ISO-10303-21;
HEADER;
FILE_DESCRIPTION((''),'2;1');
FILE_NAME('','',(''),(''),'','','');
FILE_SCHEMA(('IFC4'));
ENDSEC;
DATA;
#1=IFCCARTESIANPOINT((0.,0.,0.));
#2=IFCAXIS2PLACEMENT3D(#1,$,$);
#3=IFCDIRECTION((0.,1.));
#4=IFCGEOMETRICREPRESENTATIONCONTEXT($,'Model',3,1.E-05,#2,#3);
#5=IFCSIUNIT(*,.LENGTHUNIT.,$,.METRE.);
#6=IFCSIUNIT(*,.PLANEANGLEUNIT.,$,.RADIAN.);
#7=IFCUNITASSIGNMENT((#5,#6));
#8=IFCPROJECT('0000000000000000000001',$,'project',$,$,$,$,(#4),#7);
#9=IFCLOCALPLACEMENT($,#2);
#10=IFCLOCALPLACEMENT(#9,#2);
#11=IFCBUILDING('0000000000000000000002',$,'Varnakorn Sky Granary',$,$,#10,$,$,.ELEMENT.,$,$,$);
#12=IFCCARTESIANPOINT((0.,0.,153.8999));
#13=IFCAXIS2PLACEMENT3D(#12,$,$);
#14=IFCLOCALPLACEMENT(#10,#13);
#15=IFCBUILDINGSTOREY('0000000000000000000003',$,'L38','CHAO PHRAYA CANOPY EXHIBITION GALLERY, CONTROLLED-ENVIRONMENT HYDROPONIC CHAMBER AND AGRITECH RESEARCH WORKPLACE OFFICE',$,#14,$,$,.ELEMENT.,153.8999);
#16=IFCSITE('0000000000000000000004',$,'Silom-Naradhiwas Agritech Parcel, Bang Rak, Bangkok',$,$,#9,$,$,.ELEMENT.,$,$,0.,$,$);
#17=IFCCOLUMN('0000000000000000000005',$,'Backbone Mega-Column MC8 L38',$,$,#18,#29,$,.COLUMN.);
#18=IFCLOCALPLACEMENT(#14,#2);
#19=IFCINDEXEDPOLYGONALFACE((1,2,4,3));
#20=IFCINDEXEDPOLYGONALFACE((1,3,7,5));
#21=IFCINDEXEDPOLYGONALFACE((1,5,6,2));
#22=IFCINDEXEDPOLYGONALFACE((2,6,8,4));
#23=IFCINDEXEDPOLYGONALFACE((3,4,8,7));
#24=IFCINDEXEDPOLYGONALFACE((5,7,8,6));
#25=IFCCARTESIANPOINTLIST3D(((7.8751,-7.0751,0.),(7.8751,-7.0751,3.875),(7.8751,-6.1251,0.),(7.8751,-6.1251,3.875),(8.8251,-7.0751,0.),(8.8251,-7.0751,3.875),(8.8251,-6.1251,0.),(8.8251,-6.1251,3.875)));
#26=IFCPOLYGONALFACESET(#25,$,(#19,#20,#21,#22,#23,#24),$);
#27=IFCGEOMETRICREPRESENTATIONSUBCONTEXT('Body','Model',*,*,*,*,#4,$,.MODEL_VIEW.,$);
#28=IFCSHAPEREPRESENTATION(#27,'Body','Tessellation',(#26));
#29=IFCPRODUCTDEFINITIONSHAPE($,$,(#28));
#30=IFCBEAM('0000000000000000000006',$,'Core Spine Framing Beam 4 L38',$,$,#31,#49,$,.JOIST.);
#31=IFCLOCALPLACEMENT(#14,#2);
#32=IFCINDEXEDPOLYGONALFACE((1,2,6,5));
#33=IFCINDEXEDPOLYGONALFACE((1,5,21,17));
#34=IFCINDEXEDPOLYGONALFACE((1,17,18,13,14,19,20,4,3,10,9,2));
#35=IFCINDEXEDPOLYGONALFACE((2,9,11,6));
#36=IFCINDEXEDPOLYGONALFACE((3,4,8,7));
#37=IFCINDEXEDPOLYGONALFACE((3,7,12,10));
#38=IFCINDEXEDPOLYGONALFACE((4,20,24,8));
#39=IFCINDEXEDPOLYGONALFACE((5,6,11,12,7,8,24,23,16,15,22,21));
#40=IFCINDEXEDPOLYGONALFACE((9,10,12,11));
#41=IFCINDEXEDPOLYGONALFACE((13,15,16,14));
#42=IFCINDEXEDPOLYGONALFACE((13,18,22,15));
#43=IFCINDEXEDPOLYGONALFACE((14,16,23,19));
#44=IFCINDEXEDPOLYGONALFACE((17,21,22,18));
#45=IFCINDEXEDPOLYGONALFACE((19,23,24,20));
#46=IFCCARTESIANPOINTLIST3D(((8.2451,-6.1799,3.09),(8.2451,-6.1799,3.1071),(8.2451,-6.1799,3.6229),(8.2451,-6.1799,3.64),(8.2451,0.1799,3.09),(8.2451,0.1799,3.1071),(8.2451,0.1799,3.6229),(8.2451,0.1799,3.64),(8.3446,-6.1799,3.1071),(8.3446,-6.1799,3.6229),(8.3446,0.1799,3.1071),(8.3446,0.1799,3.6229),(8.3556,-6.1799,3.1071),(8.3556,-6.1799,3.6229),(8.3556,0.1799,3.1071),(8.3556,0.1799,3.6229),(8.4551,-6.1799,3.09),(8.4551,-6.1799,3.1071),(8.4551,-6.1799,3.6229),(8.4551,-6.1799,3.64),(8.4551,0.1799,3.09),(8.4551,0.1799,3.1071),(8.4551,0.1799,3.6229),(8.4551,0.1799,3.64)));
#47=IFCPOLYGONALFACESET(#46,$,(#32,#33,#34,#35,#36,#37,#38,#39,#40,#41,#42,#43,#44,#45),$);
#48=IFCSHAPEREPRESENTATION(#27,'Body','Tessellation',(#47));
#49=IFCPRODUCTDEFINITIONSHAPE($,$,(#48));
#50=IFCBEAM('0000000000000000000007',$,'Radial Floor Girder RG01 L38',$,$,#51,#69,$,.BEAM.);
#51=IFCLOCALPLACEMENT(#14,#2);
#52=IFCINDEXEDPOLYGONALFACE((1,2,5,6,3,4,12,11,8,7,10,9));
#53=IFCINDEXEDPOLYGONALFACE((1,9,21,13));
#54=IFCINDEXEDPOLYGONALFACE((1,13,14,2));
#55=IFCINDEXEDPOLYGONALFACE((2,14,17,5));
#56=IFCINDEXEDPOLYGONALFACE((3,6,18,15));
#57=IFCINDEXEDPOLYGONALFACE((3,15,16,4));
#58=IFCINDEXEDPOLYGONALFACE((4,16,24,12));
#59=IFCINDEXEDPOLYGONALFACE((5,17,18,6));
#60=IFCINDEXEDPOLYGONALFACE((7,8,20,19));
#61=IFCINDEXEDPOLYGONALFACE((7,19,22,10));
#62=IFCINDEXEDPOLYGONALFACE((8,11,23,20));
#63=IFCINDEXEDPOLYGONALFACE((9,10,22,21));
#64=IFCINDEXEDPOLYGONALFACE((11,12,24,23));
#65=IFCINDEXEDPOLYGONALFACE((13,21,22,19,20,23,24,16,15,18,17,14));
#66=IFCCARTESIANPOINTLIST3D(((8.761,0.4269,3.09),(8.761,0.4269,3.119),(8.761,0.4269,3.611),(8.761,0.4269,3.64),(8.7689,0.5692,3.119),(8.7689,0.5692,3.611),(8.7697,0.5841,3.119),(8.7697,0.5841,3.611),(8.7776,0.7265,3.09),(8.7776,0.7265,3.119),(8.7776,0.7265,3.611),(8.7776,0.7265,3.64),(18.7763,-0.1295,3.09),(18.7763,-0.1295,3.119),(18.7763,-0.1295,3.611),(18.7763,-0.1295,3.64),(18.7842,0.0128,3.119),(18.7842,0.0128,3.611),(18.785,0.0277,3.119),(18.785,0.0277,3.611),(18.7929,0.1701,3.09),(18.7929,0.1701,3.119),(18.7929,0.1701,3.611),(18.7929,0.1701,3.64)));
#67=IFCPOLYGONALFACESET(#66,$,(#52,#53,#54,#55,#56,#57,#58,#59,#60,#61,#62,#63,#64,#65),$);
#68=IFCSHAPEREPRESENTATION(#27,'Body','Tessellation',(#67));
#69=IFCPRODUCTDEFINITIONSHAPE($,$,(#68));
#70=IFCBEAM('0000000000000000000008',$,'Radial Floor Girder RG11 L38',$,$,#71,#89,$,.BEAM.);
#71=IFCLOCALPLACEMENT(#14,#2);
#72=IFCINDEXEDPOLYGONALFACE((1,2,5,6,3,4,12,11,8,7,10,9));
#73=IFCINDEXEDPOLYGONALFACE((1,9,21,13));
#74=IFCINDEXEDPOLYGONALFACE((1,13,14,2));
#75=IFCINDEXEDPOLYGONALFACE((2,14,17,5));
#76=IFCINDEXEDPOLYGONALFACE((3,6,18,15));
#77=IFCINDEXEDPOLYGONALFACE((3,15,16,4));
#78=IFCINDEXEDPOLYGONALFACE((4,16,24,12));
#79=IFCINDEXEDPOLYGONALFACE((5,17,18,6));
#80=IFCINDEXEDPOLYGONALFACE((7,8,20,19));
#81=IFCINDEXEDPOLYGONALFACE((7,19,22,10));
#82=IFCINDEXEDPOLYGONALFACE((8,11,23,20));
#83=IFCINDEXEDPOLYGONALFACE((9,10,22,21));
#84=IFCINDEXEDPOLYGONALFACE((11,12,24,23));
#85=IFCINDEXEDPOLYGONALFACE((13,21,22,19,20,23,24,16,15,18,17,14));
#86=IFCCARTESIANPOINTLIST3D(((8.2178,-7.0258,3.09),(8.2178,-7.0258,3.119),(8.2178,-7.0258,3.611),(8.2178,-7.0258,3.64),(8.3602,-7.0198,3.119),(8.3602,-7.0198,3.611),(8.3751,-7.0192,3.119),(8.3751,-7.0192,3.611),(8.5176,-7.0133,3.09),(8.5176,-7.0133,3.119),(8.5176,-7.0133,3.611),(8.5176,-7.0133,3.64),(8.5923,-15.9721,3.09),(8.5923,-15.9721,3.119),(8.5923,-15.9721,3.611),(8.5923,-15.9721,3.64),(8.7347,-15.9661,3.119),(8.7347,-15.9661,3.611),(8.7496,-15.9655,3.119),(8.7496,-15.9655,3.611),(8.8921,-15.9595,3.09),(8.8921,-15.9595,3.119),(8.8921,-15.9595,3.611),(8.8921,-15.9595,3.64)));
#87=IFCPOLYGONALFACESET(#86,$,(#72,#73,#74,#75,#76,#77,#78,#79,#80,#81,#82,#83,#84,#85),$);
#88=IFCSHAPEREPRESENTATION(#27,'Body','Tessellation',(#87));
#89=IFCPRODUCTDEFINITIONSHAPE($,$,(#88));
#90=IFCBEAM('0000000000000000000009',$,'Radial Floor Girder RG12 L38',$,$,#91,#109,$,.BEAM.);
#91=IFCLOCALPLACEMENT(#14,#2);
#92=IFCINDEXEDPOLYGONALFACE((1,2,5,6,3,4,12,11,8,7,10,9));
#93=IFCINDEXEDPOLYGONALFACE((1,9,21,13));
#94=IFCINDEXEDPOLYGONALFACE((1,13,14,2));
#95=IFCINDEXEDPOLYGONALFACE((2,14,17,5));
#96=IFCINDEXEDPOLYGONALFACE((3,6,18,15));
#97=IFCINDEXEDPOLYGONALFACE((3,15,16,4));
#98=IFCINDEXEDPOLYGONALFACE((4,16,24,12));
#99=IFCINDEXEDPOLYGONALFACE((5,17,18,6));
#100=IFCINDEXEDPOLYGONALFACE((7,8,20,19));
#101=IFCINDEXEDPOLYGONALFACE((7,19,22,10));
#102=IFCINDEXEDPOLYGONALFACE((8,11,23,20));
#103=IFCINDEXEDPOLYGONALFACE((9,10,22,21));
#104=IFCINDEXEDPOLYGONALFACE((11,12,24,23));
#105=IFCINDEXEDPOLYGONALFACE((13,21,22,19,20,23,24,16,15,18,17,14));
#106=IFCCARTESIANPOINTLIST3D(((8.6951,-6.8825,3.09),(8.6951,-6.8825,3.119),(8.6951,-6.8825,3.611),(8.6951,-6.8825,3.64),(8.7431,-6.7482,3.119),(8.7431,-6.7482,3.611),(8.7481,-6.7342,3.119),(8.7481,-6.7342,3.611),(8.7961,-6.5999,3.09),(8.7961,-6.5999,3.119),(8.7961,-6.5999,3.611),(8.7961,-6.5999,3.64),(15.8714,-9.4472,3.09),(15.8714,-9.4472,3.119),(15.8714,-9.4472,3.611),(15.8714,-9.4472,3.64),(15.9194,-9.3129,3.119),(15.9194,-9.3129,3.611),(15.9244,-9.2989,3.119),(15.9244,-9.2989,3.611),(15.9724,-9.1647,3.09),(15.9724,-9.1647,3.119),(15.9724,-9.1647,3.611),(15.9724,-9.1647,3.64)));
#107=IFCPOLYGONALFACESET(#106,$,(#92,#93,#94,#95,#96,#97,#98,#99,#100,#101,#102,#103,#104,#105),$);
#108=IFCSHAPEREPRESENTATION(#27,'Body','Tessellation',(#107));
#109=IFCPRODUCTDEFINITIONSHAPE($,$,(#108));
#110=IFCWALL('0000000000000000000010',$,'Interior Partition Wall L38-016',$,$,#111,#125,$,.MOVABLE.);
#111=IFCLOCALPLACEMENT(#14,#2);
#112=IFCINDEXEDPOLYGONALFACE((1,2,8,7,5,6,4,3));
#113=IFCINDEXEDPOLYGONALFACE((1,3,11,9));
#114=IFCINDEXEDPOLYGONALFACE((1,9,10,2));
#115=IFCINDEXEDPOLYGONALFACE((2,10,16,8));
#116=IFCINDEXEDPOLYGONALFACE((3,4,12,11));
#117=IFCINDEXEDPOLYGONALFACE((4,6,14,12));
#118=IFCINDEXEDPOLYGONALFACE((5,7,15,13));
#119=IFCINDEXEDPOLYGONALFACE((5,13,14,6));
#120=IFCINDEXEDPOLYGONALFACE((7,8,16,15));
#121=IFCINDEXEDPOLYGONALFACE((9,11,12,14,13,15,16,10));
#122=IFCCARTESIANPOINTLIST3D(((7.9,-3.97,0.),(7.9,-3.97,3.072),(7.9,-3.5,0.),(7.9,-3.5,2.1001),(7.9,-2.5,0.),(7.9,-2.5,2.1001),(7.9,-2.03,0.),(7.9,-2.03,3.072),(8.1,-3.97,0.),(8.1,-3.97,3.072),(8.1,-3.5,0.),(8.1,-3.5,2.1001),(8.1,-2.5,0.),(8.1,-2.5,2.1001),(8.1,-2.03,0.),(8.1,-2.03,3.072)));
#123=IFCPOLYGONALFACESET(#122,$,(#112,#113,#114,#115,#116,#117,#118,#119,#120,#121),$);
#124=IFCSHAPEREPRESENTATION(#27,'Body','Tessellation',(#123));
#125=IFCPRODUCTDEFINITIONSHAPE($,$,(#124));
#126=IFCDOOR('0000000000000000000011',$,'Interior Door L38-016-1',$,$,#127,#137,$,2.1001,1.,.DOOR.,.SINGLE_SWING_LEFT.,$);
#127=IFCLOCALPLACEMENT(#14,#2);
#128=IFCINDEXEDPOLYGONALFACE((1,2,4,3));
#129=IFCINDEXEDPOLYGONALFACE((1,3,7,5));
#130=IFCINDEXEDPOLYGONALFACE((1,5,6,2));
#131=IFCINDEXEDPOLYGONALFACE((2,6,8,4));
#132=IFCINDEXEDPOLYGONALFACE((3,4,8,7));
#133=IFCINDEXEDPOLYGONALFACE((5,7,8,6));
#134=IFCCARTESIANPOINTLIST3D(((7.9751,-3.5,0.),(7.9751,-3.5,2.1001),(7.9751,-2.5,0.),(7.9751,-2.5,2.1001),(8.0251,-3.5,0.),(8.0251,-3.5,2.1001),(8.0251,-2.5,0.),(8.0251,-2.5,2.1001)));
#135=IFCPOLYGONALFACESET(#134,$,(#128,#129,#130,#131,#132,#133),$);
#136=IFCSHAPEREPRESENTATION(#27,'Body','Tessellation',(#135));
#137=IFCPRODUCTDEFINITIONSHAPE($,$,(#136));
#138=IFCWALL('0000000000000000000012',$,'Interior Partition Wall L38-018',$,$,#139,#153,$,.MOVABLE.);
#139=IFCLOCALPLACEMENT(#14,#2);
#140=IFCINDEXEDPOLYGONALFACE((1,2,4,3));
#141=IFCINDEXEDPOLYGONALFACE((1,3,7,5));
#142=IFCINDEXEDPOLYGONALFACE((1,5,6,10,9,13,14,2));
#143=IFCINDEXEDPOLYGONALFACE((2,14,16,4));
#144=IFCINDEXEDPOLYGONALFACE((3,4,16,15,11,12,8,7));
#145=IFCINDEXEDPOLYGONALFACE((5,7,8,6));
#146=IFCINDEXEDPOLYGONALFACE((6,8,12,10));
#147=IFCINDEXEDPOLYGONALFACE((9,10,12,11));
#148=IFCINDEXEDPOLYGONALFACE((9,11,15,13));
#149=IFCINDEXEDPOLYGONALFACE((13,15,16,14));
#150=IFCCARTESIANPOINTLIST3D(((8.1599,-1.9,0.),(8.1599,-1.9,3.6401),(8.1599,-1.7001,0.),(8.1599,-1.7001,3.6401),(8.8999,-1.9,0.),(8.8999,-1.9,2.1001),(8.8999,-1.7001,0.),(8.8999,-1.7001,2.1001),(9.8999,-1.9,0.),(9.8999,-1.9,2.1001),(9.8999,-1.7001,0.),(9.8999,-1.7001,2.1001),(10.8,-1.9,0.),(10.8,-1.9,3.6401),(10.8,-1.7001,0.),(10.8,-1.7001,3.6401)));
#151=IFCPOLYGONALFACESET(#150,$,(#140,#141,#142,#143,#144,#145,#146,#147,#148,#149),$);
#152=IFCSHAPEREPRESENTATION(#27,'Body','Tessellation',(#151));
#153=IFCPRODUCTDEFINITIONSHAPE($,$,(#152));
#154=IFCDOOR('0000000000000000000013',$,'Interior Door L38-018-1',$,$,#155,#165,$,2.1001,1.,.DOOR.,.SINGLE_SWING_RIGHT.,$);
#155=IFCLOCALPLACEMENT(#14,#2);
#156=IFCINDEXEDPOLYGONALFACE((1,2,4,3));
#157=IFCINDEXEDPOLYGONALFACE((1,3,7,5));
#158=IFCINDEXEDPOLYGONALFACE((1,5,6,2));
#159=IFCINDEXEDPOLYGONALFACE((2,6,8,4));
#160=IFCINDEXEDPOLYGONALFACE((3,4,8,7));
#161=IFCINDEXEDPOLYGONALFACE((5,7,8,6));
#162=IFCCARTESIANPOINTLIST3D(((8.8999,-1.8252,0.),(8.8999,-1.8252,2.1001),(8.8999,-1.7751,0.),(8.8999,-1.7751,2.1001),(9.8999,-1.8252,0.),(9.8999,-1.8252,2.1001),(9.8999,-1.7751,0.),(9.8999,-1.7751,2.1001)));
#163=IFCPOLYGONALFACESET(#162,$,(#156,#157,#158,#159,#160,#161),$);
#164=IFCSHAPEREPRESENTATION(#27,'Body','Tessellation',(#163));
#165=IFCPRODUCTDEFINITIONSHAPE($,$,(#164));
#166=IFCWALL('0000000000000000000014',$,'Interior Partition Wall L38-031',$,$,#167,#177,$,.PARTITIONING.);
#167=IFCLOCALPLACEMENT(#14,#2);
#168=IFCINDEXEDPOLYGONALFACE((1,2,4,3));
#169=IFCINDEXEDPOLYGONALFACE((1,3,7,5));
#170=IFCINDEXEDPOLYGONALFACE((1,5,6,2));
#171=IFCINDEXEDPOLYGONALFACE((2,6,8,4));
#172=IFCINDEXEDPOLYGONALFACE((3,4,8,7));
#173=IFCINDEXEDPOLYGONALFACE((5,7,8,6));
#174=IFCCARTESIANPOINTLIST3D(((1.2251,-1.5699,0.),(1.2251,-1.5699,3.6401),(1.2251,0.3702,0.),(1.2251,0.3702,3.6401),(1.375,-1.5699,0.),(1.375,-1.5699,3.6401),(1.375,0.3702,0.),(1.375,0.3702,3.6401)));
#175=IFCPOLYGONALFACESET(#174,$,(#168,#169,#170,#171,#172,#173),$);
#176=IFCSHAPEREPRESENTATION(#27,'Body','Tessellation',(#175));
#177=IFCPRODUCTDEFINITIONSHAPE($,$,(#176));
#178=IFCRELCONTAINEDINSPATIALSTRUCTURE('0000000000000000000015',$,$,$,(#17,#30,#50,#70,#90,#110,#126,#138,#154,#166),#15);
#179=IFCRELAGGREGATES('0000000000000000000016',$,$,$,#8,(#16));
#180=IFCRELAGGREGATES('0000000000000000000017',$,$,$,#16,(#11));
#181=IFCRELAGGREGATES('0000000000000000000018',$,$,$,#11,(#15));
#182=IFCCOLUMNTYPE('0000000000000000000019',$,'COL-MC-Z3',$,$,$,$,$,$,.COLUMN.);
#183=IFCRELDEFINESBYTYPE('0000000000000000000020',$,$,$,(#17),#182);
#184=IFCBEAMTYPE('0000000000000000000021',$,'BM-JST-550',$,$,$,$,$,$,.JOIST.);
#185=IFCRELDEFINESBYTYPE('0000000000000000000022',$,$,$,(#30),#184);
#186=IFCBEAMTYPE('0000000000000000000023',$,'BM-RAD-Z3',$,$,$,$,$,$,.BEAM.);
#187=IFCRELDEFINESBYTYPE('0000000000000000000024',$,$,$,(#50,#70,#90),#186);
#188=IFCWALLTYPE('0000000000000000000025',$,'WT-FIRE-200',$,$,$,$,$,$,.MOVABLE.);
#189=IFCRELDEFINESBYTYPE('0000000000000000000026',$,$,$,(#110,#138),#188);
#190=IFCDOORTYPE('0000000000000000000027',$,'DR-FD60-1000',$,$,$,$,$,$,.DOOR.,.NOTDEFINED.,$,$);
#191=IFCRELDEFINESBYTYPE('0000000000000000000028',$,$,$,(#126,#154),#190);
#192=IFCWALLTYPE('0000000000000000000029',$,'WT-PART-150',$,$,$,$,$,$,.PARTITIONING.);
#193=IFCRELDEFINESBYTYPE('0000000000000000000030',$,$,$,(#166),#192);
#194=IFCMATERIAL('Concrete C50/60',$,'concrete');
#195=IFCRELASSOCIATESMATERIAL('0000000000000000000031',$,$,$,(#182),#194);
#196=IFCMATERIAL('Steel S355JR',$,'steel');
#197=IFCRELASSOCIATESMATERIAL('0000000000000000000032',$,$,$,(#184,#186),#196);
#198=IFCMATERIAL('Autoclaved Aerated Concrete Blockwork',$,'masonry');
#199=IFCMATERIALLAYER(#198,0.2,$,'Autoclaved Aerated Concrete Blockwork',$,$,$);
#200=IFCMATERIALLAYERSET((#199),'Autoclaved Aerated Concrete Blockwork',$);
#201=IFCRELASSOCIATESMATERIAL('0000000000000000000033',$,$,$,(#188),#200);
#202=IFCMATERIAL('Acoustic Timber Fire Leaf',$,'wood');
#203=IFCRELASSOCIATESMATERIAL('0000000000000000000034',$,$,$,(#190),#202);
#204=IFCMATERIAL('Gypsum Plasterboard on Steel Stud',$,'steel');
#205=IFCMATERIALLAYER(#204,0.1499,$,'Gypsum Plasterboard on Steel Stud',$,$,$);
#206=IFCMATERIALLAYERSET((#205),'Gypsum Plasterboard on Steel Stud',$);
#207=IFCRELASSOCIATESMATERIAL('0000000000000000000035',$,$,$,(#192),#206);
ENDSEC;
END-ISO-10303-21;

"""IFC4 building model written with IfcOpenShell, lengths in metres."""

from ifc_helpers import new_model, si_unit, direction, frame, frame_2d, origin, origin_2d, place, context, subcontext, project, spatial, rectangle, i_section, extrude, material, layer, layer_set, material_profile, profile_set, type_object, element, fill, save


model = new_model("IFC4")

# Units and contexts
model_context = context("Model", 3, precision=1e-05, world=origin(), true_north=direction((0.0, 1.0)))
body_context = subcontext(model_context, "Body", "Model", "MODEL_VIEW")
ifc_project = project(units=[si_unit("LENGTHUNIT", "METRE"), si_unit("PLANEANGLEUNIT", "RADIAN")], contexts=[model_context])

# Site, building, storey
site_placement = place(None, origin())
site = spatial("IfcSite", under=ifc_project, at=site_placement, Name="Silom-Naradhiwas Agritech Parcel, Bang Rak, Bangkok", CompositionType="ELEMENT", RefElevation=0.0)
building_placement = place(site_placement, origin())
building = spatial("IfcBuilding", under=site, at=building_placement, Name="Varnakorn Sky Granary", CompositionType="ELEMENT")
storey_placement = place(building_placement, frame((0.0, 0.0, 153.8999)))
storey = spatial("IfcBuildingStorey", under=building, at=storey_placement, Name="L38", Description="CHAO PHRAYA CANOPY EXHIBITION GALLERY, CONTROLLED-ENVIRONMENT HYDROPONIC CHAMBER AND AGRITECH RESEARCH WORKPLACE OFFICE", CompositionType="ELEMENT", Elevation=153.8999)

# Column
ifc_material_1 = material(Name="Concrete C50/60", Category="concrete")
ifc_material_profile_1 = material_profile(ifc_material_1, rectangle(XDim=0.95, YDim=0.95, at=origin_2d()), Name="RC 950x950")
ifc_profile_set_1 = profile_set([ifc_material_profile_1], Name="Concrete C50/60")
column_type = type_object("IfcColumnType", Name="COL-MC-Z3", PredefinedType="COLUMN", material=ifc_profile_set_1)
column_placement = place(storey_placement, frame((8.3501, -6.6001, 0.0), z_axis=(0.0, 0.0, 1.0), x_axis=(1.0, 0.0, 0.0)))
element("IfcColumn", 1, at=column_placement, inside=storey, type_object=column_type, Name="Backbone Mega-Column MC8 L38", PredefinedType="COLUMN", context=body_context, shape_type="SweptSolid", body=[
    extrude(rectangle(XDim=0.95, YDim=0.95, at=origin_2d()), origin(), (0.0, 0.0, 1.0), 3.875),
])

# Beams
ifc_material_2 = material(Name="Steel S355JR", Category="steel")
ifc_material_profile_2 = material_profile(ifc_material_2, i_section(OverallWidth=0.21, OverallDepth=0.55, WebThickness=0.011, FlangeThickness=0.0171, at=origin_2d()), Name="IPE 550")
ifc_profile_set_2 = profile_set([ifc_material_profile_2], Name="Steel S355JR")
beam_type_1 = type_object("IfcBeamType", Name="BM-JST-550", PredefinedType="JOIST", material=ifc_profile_set_2)
beam_1_placement = place(storey_placement, frame((8.3501, 0.1799, 3.365), z_axis=(0.0, -1.0, 0.0), x_axis=(1.0, 0.0, 0.0)))
element("IfcBeam", 2, at=beam_1_placement, inside=storey, type_object=beam_type_1, Name="Core Spine Framing Beam 4 L38", PredefinedType="JOIST", context=body_context, shape_type="SweptSolid", body=[
    extrude(i_section(OverallWidth=0.21, OverallDepth=0.55, WebThickness=0.011, FlangeThickness=0.0171, at=origin_2d()), origin(), (0.0, 0.0, 1.0), 6.3599),
])
ifc_material_profile_3 = material_profile(ifc_material_2, i_section(OverallWidth=0.3, OverallDepth=0.55, WebThickness=0.0149, FlangeThickness=0.0291, at=origin_2d()), Name="HE 550 B")
ifc_profile_set_3 = profile_set([ifc_material_profile_3], Name="Steel S355JR")
beam_type_2 = type_object("IfcBeamType", Name="BM-RAD-Z3", PredefinedType="BEAM", material=ifc_profile_set_3)
beam_2_placement = place(storey_placement, frame((8.7693, 0.5767, 3.365), z_axis=(0.99846, -0.055469, 0.0), x_axis=(0.055469, 0.99846, 0.0)))
element("IfcBeam", 3, at=beam_2_placement, inside=storey, type_object=beam_type_2, Name="Radial Floor Girder RG01 L38", PredefinedType="BEAM", context=body_context, shape_type="SweptSolid", body=[
    extrude(i_section(OverallWidth=0.3, OverallDepth=0.55, WebThickness=0.0149, FlangeThickness=0.0291, at=origin_2d()), origin(), (0.0, 0.0, 1.0), 10.0308),
])
beam_3_placement = place(storey_placement, frame((8.3677, -7.0195, 3.365), z_axis=(0.041826, -0.999125, 0.0), x_axis=(0.999125, 0.041826, 0.0)))
element("IfcBeam", 4, at=beam_3_placement, inside=storey, type_object=beam_type_2, Name="Radial Floor Girder RG11 L38", PredefinedType="BEAM", context=body_context, shape_type="SweptSolid", body=[
    extrude(i_section(OverallWidth=0.3, OverallDepth=0.55, WebThickness=0.0149, FlangeThickness=0.0291, at=origin_2d()), origin(), (0.0, 0.0, 1.0), 8.9541),
])
beam_4_placement = place(storey_placement, frame((8.7456, -6.7412, 3.365), z_axis=(0.941669, -0.336539, 0.0), x_axis=(0.336539, 0.941669, 0.0)))
element("IfcBeam", 5, at=beam_4_placement, inside=storey, type_object=beam_type_2, Name="Radial Floor Girder RG12 L38", PredefinedType="BEAM", context=body_context, shape_type="SweptSolid", body=[
    extrude(i_section(OverallWidth=0.3, OverallDepth=0.55, WebThickness=0.0149, FlangeThickness=0.0291, at=origin_2d()), origin(), (0.0, 0.0, 1.0), 7.6208),
])

# Walls, openings, doors
ifc_material_3 = material(Name="Autoclaved Aerated Concrete Blockwork", Category="masonry")
ifc_layer_1 = layer(ifc_material_3, 0.2, Name="Autoclaved Aerated Concrete Blockwork")
ifc_layer_set_1 = layer_set([ifc_layer_1], Name="Autoclaved Aerated Concrete Blockwork")
wall_type_1 = type_object("IfcWallType", Name="WT-FIRE-200", PredefinedType="MOVABLE", material=ifc_layer_set_1)
wall_1_placement = place(storey_placement, frame((8.0, -3.97, 0.0), z_axis=(0.0, 0.0, 1.0), x_axis=(0.0, 1.0, 0.0)))
wall_1 = element("IfcWall", 6, at=wall_1_placement, inside=storey, type_object=wall_type_1, Name="Interior Partition Wall L38-016", PredefinedType="MOVABLE", context=body_context, shape_type="SweptSolid", body=[
    extrude(rectangle(XDim=1.9399, YDim=0.2, at=frame_2d((0.97, 0.0))), origin(), (0.0, 0.0, 1.0), 3.072),
])
opening_1_placement = place(wall_1_placement, frame((0.47, 0.0, 0.0)))
opening_1 = element("IfcOpeningElement", 7, at=opening_1_placement, cuts=wall_1, PredefinedType="OPENING", context=body_context, shape_type="SweptSolid", body=[
    extrude(rectangle(XDim=1.0, YDim=2.1001, at=frame_2d((0.5, 1.05))), frame((0.0, 0.1099, 0.0), z_axis=(0.0, -1.0, 0.0), x_axis=(1.0, 0.0, 0.0)), (0.0, 0.0, 1.0), 0.22),
])
ifc_material_4 = material(Name="Acoustic Timber Fire Leaf", Category="wood")
door_type_1 = type_object("IfcDoorType", Name="DR-FD60-1000", OperationType="NOTDEFINED", PredefinedType="DOOR", material=ifc_material_4)
door_1_placement = place(opening_1_placement, origin())
door_1 = element("IfcDoor", 8, at=door_1_placement, inside=storey, type_object=door_type_1, Name="Interior Door L38-016-1", OperationType="SINGLE_SWING_LEFT", OverallHeight=2.1001, OverallWidth=1.0, PredefinedType="DOOR", context=body_context, shape_type="SweptSolid", body=[
    extrude(rectangle(XDim=1.0, YDim=2.1001, at=frame_2d((0.5, 1.05))), frame((0.0, 0.0249, 0.0), z_axis=(0.0, -1.0, 0.0), x_axis=(1.0, 0.0, 0.0)), (0.0, 0.0, 1.0), 0.05),
])
fill(opening_1, door_1)
wall_2_placement = place(storey_placement, frame((8.1599, -1.8, 0.0), z_axis=(0.0, 0.0, 1.0), x_axis=(1.0, 0.0, 0.0)))
wall_2 = element("IfcWall", 9, at=wall_2_placement, inside=storey, type_object=wall_type_1, Name="Interior Partition Wall L38-018", PredefinedType="MOVABLE", context=body_context, shape_type="SweptSolid", body=[
    extrude(rectangle(XDim=2.6401, YDim=0.2, at=frame_2d((1.3201, 0.0))), origin(), (0.0, 0.0, 1.0), 3.6401),
])
opening_2_placement = place(wall_2_placement, frame((0.74, 0.0, 0.0)))
opening_2 = element("IfcOpeningElement", 10, at=opening_2_placement, cuts=wall_2, PredefinedType="OPENING", context=body_context, shape_type="SweptSolid", body=[
    extrude(rectangle(XDim=1.0, YDim=2.1001, at=frame_2d((0.5, 1.05))), frame((0.0, 0.1099, 0.0), z_axis=(0.0, -1.0, 0.0), x_axis=(1.0, 0.0, 0.0)), (0.0, 0.0, 1.0), 0.22),
])
door_2_placement = place(opening_2_placement, origin())
door_2 = element("IfcDoor", 11, at=door_2_placement, inside=storey, type_object=door_type_1, Name="Interior Door L38-018-1", OperationType="SINGLE_SWING_RIGHT", OverallHeight=2.1001, OverallWidth=1.0, PredefinedType="DOOR", context=body_context, shape_type="SweptSolid", body=[
    extrude(rectangle(XDim=1.0, YDim=2.1001, at=frame_2d((0.5, 1.05))), frame((0.0, 0.0249, 0.0), z_axis=(0.0, -1.0, 0.0), x_axis=(1.0, 0.0, 0.0)), (0.0, 0.0, 1.0), 0.05),
])
fill(opening_2, door_2)

# Wall
ifc_material_5 = material(Name="Gypsum Plasterboard on Steel Stud", Category="steel")
ifc_layer_2 = layer(ifc_material_5, 0.1499, Name="Gypsum Plasterboard on Steel Stud")
ifc_layer_set_2 = layer_set([ifc_layer_2], Name="Gypsum Plasterboard on Steel Stud")
wall_type_2 = type_object("IfcWallType", Name="WT-PART-150", PredefinedType="PARTITIONING", material=ifc_layer_set_2)
wall_3_placement = place(storey_placement, frame((1.3, -1.5701, 0.0), z_axis=(0.0, 0.0, 1.0), x_axis=(0.0, 1.0, 0.0)))
element("IfcWall", 12, at=wall_3_placement, inside=storey, type_object=wall_type_2, Name="Interior Partition Wall L38-031", PredefinedType="PARTITIONING", context=body_context, shape_type="SweptSolid", body=[
    extrude(rectangle(XDim=1.9402, YDim=0.1499, at=frame_2d((0.9702, 0.0))), origin(), (0.0, 0.0, 1.0), 3.6401),
])

save(model, "model.ifc")
